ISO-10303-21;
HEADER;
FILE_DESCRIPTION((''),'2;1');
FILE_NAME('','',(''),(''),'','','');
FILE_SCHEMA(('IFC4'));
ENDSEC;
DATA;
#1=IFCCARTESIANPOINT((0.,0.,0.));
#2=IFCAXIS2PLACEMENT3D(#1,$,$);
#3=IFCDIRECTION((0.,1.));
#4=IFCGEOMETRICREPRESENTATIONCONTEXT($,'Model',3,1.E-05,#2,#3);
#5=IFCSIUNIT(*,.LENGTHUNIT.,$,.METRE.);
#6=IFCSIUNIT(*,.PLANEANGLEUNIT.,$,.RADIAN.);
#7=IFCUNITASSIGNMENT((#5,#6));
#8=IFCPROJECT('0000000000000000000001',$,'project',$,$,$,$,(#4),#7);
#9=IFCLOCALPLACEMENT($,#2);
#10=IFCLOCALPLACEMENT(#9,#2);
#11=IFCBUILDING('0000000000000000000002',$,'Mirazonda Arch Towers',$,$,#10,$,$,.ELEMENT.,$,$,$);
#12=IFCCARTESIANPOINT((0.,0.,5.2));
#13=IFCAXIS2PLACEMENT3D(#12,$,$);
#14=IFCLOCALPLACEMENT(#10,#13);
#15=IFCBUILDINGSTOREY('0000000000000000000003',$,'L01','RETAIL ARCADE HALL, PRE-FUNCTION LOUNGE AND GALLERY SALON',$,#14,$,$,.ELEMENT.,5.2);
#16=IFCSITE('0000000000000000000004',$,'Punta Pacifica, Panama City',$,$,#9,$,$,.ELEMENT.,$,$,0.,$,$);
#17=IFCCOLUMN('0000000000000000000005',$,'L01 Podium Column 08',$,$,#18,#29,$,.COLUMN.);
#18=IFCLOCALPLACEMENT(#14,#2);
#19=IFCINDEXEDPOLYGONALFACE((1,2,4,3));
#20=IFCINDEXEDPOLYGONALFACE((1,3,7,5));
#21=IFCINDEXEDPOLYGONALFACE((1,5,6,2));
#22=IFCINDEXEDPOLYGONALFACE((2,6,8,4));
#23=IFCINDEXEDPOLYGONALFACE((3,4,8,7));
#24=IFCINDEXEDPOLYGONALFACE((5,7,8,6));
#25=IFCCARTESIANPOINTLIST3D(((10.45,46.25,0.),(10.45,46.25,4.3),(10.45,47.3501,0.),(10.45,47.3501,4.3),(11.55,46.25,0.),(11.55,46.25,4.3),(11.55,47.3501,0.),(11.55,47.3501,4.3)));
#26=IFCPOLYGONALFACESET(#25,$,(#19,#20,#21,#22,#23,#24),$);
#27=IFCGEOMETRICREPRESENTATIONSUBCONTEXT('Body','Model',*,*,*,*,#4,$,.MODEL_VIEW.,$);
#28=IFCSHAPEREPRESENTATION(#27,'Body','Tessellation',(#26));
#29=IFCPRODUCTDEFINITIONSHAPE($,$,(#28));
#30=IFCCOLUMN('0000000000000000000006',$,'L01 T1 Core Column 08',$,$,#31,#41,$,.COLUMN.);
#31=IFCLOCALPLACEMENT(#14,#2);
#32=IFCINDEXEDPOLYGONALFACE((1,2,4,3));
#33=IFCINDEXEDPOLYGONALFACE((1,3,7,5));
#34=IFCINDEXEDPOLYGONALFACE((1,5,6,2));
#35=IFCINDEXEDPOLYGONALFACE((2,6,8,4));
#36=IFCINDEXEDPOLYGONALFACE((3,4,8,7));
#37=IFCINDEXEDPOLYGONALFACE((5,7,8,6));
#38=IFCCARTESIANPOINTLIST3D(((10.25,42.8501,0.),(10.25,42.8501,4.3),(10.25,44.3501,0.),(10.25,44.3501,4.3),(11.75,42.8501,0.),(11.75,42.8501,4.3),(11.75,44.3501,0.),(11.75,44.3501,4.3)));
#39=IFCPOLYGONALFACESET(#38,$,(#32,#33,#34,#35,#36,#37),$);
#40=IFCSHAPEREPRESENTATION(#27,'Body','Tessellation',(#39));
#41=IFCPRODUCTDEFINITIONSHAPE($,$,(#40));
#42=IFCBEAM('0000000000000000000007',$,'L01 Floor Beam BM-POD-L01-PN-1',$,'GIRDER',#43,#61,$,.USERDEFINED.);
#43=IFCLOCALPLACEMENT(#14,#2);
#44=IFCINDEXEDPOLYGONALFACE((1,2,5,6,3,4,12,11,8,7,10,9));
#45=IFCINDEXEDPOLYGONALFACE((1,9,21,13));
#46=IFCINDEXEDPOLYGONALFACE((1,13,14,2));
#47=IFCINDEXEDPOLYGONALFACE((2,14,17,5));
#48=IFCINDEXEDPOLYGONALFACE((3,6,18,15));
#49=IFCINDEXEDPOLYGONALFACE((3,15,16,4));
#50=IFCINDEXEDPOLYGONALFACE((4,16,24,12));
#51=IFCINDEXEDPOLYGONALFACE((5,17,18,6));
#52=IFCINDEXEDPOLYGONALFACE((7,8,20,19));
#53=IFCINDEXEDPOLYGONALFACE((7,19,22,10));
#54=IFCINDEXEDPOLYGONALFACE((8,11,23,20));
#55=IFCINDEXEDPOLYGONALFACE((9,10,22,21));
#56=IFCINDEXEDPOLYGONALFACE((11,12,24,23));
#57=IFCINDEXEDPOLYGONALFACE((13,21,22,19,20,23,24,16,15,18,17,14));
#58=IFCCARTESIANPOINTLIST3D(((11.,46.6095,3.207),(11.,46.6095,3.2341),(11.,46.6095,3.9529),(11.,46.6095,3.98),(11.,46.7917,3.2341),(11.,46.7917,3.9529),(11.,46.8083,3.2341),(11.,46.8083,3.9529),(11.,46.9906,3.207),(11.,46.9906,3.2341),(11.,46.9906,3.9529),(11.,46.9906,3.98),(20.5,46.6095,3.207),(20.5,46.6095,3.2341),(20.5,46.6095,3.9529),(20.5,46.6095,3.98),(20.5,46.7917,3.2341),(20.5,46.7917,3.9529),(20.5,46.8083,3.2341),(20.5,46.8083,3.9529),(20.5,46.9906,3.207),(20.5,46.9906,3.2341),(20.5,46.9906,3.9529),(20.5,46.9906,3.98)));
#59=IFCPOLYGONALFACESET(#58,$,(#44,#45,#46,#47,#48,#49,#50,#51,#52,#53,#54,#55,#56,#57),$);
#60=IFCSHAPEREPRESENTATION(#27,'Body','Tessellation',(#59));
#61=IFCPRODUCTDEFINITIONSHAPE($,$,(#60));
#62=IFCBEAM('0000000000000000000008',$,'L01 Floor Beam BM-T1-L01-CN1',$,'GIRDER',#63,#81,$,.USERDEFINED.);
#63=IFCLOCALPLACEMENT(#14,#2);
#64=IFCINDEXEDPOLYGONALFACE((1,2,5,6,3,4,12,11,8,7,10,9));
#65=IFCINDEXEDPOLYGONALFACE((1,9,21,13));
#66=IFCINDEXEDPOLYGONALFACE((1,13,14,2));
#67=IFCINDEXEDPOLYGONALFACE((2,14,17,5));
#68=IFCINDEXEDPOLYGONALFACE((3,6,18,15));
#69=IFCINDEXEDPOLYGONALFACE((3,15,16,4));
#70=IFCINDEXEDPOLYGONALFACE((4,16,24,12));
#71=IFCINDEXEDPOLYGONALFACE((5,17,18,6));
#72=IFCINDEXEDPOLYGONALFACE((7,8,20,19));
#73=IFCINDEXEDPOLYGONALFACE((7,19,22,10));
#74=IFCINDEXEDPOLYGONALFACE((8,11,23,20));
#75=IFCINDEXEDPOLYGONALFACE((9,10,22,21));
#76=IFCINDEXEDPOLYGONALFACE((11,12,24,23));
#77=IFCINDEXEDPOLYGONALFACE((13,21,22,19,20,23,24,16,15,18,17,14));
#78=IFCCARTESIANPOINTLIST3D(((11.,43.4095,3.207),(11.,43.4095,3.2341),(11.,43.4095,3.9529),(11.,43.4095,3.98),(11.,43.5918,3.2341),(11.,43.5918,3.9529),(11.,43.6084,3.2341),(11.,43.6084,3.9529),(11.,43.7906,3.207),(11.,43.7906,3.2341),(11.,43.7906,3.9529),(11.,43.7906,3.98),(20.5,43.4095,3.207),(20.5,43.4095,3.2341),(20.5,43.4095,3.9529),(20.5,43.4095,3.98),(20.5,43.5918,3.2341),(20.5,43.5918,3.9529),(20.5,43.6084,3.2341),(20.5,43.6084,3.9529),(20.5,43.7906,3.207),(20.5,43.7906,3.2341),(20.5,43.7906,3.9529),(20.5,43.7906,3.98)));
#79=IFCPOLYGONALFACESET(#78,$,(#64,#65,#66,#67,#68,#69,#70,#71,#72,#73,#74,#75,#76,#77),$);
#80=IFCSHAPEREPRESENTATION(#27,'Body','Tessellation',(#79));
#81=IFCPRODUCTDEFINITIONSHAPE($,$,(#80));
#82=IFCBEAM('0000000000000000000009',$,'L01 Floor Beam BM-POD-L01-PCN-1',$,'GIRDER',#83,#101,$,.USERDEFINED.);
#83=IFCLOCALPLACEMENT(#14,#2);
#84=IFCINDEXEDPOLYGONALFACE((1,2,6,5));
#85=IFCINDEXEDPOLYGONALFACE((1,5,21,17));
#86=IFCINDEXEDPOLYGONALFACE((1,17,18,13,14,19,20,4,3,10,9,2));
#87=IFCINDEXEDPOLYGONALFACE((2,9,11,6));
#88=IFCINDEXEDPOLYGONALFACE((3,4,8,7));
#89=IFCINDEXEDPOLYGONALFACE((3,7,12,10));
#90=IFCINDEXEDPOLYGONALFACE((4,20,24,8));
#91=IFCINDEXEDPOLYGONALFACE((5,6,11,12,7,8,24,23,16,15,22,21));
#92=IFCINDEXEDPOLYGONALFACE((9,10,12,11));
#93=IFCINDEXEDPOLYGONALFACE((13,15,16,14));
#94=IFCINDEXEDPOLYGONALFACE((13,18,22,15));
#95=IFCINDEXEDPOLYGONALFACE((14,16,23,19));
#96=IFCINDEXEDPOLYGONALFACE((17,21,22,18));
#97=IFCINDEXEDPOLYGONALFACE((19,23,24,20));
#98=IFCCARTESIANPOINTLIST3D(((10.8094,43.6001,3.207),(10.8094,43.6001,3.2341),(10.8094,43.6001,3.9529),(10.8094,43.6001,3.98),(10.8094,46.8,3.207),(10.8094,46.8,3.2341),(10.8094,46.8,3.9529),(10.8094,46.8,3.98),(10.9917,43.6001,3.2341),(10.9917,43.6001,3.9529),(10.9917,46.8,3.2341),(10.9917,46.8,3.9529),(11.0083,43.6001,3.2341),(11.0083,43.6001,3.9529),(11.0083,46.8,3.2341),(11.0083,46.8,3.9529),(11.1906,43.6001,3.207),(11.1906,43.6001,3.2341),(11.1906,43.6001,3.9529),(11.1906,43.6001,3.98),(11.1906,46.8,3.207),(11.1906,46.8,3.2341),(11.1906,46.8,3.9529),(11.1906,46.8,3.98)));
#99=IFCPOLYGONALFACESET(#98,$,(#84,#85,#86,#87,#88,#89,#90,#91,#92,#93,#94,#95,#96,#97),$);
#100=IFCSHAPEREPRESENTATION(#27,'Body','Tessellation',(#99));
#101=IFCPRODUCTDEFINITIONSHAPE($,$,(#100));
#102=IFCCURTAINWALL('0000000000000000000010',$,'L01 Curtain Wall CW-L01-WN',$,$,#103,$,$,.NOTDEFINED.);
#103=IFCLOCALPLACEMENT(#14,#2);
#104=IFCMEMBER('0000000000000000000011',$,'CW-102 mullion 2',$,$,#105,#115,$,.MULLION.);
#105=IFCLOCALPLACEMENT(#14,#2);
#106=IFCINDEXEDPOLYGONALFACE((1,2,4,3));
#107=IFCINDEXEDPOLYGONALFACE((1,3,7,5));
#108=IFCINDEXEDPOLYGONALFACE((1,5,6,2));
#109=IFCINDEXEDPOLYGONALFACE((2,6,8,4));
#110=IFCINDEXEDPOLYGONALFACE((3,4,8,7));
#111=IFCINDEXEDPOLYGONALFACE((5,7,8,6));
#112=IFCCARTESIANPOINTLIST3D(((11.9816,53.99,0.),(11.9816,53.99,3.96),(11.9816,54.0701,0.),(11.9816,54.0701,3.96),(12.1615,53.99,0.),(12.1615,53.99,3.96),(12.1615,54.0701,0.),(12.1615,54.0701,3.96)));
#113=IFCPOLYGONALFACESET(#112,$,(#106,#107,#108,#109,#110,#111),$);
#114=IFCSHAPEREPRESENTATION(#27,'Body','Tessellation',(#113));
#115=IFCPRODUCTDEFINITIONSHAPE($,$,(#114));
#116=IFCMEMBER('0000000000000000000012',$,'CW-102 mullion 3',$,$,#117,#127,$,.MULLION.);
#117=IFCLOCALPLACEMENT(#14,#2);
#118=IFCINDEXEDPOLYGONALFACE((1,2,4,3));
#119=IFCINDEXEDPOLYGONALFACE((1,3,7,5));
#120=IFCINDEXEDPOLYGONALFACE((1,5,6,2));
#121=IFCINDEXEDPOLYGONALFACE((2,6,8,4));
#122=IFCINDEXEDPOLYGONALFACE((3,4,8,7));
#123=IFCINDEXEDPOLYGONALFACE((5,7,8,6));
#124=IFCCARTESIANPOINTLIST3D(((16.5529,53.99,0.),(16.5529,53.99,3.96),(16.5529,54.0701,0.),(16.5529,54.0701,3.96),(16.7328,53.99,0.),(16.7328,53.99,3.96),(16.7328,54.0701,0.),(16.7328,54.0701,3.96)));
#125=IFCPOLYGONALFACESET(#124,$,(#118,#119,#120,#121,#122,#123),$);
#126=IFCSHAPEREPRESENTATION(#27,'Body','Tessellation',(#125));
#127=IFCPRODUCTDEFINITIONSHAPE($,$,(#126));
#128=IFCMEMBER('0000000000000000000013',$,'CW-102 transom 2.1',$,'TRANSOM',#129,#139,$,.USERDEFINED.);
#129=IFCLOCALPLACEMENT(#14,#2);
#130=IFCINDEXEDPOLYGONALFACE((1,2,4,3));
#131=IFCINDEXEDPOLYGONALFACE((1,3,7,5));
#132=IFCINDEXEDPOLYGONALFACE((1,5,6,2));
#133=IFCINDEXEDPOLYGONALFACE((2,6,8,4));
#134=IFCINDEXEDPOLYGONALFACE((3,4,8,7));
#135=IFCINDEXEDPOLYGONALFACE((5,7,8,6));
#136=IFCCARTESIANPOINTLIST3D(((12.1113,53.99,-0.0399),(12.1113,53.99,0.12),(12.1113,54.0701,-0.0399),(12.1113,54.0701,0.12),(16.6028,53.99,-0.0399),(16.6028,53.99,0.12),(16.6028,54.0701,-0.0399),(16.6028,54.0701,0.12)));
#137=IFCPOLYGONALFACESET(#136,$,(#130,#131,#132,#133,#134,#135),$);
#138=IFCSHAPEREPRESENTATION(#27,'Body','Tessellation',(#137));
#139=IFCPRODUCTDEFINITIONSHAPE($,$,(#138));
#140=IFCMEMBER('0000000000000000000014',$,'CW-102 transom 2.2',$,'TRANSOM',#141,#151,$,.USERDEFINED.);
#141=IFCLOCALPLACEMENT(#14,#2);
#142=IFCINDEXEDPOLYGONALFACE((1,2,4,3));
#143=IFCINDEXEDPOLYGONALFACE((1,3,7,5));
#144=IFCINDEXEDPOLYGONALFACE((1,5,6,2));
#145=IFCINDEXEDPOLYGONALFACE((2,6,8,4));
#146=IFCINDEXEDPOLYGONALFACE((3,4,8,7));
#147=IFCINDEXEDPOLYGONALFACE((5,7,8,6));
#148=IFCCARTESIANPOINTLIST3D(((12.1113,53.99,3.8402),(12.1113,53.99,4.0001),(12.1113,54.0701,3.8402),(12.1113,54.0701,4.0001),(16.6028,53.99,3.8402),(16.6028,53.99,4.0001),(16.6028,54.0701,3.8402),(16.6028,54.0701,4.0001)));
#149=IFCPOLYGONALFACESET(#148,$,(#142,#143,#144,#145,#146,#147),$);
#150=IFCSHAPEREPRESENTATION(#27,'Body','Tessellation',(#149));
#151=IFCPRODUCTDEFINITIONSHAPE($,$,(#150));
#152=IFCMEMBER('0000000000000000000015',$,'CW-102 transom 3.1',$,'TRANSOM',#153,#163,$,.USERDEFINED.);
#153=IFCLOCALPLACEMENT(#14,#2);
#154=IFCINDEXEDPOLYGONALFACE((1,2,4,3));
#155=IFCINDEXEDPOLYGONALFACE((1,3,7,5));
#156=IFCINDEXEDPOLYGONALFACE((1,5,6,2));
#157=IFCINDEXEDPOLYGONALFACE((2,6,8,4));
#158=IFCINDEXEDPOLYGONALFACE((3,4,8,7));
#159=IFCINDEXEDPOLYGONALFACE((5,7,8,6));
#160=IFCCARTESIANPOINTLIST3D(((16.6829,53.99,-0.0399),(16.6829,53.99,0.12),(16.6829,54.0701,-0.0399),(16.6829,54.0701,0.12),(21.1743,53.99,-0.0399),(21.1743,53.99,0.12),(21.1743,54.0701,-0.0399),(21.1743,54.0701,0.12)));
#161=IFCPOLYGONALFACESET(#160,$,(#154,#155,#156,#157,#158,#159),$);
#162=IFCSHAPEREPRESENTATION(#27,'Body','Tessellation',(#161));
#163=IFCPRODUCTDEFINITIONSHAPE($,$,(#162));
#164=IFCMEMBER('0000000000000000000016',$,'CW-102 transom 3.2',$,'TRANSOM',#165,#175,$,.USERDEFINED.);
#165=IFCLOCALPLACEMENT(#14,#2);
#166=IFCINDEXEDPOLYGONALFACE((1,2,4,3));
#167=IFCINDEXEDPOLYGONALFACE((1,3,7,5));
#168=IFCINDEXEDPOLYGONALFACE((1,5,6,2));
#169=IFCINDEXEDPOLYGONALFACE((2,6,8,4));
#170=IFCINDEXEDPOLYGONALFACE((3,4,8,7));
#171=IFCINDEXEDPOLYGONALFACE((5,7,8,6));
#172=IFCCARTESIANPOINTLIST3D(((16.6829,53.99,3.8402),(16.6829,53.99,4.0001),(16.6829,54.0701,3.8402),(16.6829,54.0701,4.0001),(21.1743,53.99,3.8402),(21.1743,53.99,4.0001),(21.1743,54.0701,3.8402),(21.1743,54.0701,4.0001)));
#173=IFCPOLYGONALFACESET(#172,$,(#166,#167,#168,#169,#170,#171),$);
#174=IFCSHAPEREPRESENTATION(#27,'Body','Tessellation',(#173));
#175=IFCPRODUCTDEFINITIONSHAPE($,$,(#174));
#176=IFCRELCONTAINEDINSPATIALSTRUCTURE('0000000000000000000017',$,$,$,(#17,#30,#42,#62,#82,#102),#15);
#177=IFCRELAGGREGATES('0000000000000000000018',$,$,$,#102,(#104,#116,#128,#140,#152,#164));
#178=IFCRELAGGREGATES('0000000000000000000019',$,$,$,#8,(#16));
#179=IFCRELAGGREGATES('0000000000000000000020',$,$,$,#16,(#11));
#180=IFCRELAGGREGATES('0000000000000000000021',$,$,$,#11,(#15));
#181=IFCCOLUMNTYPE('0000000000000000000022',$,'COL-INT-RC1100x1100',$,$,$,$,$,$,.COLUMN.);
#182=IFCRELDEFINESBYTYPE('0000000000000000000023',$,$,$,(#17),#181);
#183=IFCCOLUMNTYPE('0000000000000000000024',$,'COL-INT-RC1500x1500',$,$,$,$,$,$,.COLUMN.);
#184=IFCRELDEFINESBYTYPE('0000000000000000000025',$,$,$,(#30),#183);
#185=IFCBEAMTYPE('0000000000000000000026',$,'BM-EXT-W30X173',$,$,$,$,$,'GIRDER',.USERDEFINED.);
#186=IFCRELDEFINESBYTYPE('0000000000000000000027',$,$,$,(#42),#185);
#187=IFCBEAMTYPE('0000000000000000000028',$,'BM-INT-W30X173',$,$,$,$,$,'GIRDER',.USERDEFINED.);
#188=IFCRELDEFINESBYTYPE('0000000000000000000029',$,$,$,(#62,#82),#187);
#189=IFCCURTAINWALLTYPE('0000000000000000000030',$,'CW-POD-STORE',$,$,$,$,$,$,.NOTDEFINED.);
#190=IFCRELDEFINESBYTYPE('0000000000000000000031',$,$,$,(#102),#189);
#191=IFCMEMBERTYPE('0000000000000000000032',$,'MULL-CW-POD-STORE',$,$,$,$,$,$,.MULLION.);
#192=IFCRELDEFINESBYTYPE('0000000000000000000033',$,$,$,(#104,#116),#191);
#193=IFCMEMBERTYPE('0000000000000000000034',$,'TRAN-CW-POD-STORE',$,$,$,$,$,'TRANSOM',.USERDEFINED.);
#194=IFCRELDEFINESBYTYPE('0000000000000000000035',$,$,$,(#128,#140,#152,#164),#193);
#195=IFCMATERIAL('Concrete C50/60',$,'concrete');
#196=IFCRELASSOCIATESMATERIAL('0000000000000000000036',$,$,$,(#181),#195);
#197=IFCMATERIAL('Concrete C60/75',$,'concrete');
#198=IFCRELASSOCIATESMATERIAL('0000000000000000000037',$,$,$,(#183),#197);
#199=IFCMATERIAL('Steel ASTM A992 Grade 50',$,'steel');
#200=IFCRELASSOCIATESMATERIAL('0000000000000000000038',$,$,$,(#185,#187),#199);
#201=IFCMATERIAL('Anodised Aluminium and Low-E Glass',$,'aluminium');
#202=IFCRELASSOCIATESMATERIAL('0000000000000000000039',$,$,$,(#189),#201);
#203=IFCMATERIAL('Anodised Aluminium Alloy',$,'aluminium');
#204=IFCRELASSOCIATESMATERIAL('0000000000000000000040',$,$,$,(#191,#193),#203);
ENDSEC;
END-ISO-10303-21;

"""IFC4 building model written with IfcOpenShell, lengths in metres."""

from ifc_helpers import new_model, si_unit, direction, frame, origin, origin_2d, place, context, subcontext, project, spatial, rectangle, i_section, extrude, material, material_profile, profile_set, type_object, element, aggregate, save


model = new_model("IFC4")

# Units and contexts
model_context = context("Model", 3, precision=1e-05, world=origin(), true_north=direction((0.0, 1.0)))
body_context = subcontext(model_context, "Body", "Model", "MODEL_VIEW")
ifc_project = project(units=[si_unit("LENGTHUNIT", "METRE"), si_unit("PLANEANGLEUNIT", "RADIAN")], contexts=[model_context])

# Site, building, storey
site_placement = place(None, origin())
site = spatial("IfcSite", under=ifc_project, at=site_placement, Name="Punta Pacifica, Panama City", CompositionType="ELEMENT", RefElevation=0.0)
building_placement = place(site_placement, origin())
building = spatial("IfcBuilding", under=site, at=building_placement, Name="Mirazonda Arch Towers", CompositionType="ELEMENT")
storey_placement = place(building_placement, frame((0.0, 0.0, 5.2)))
storey = spatial("IfcBuildingStorey", under=building, at=storey_placement, Name="L01", Description="RETAIL ARCADE HALL, PRE-FUNCTION LOUNGE AND GALLERY SALON", CompositionType="ELEMENT", Elevation=5.2)

# Columns
ifc_material_1 = material(Name="Concrete C50/60", Category="concrete")
ifc_material_profile_1 = material_profile(ifc_material_1, rectangle(XDim=1.1001, YDim=1.1001, at=origin_2d()), Name="RC1100x1100")
ifc_profile_set_1 = profile_set([ifc_material_profile_1], Name="Concrete C50/60")
column_type_1 = type_object("IfcColumnType", Name="COL-INT-RC1100x1100", PredefinedType="COLUMN", material=ifc_profile_set_1)
column_1_placement = place(storey_placement, frame((11.0, 46.8, 0.0), z_axis=(0.0, 0.0, 1.0), x_axis=(1.0, 0.0, 0.0)))
element("IfcColumn", 1, at=column_1_placement, inside=storey, type_object=column_type_1, Name="L01 Podium Column 08", PredefinedType="COLUMN", context=body_context, shape_type="SweptSolid", body=[
    extrude(rectangle(XDim=1.1001, YDim=1.1001, at=origin_2d()), origin(), (0.0, 0.0, 1.0), 4.3),
])
ifc_material_2 = material(Name="Concrete C60/75", Category="concrete")
ifc_material_profile_2 = material_profile(ifc_material_2, rectangle(XDim=1.5, YDim=1.5, at=origin_2d()), Name="RC1500x1500")
ifc_profile_set_2 = profile_set([ifc_material_profile_2], Name="Concrete C60/75")
column_type_2 = type_object("IfcColumnType", Name="COL-INT-RC1500x1500", PredefinedType="COLUMN", material=ifc_profile_set_2)
column_2_placement = place(storey_placement, frame((11.0, 43.6001, 0.0), z_axis=(0.0, 0.0, 1.0), x_axis=(1.0, 0.0, 0.0)))
element("IfcColumn", 2, at=column_2_placement, inside=storey, type_object=column_type_2, Name="L01 T1 Core Column 08", PredefinedType="COLUMN", context=body_context, shape_type="SweptSolid", body=[
    extrude(rectangle(XDim=1.5, YDim=1.5, at=origin_2d()), origin(), (0.0, 0.0, 1.0), 4.3),
])

# Beams
ifc_material_3 = material(Name="Steel ASTM A992 Grade 50", Category="steel")
ifc_material_profile_3 = material_profile(ifc_material_3, i_section(OverallWidth=0.3811, OverallDepth=0.7729, WebThickness=0.0166, FlangeThickness=0.0271, at=origin_2d()), Name="W30X173")
ifc_profile_set_3 = profile_set([ifc_material_profile_3], Name="Steel ASTM A992 Grade 50")
beam_type_1 = type_object("IfcBeamType", Name="BM-EXT-W30X173", ElementType="GIRDER", PredefinedType="USERDEFINED", material=ifc_profile_set_3)
beam_1_placement = place(storey_placement, frame((11.0, 46.8, 3.5935), z_axis=(1.0, 0.0, 0.0), x_axis=(0.0, 1.0, 0.0)))
element("IfcBeam", 3, at=beam_1_placement, inside=storey, type_object=beam_type_1, Name="L01 Floor Beam BM-POD-L01-PN-1", ObjectType="GIRDER", PredefinedType="USERDEFINED", context=body_context, shape_type="SweptSolid", body=[
    extrude(i_section(OverallWidth=0.3811, OverallDepth=0.7729, WebThickness=0.0166, FlangeThickness=0.0271, at=origin_2d()), origin(), (0.0, 0.0, 1.0), 9.5),
])
ifc_material_profile_4 = material_profile(ifc_material_3, i_section(OverallWidth=0.3811, OverallDepth=0.7729, WebThickness=0.0166, FlangeThickness=0.0271, at=origin_2d()), Name="W30X173")
ifc_profile_set_4 = profile_set([ifc_material_profile_4], Name="Steel ASTM A992 Grade 50")
beam_type_2 = type_object("IfcBeamType", Name="BM-INT-W30X173", ElementType="GIRDER", PredefinedType="USERDEFINED", material=ifc_profile_set_4)
beam_2_placement = place(storey_placement, frame((11.0, 43.6001, 3.5935), z_axis=(1.0, 0.0, 0.0), x_axis=(0.0, 1.0, 0.0)))
element("IfcBeam", 4, at=beam_2_placement, inside=storey, type_object=beam_type_2, Name="L01 Floor Beam BM-T1-L01-CN1", ObjectType="GIRDER", PredefinedType="USERDEFINED", context=body_context, shape_type="SweptSolid", body=[
    extrude(i_section(OverallWidth=0.3811, OverallDepth=0.7729, WebThickness=0.0166, FlangeThickness=0.0271, at=origin_2d()), origin(), (0.0, 0.0, 1.0), 9.5),
])
beam_3_placement = place(storey_placement, frame((11.0, 43.6001, 3.5935), z_axis=(0.0, 1.0, 0.0), x_axis=(-1.0, 0.0, 0.0)))
element("IfcBeam", 5, at=beam_3_placement, inside=storey, type_object=beam_type_2, Name="L01 Floor Beam BM-POD-L01-PCN-1", ObjectType="GIRDER", PredefinedType="USERDEFINED", context=body_context, shape_type="SweptSolid", body=[
    extrude(i_section(OverallWidth=0.3811, OverallDepth=0.7729, WebThickness=0.0166, FlangeThickness=0.0271, at=origin_2d()), origin(), (0.0, 0.0, 1.0), 3.2),
])

# Curtain wall, members
ifc_material_4 = material(Name="Anodised Aluminium and Low-E Glass", Category="aluminium")
curtain_wall_type = type_object("IfcCurtainWallType", Name="CW-POD-STORE", PredefinedType="NOTDEFINED", material=ifc_material_4)
curtain_wall_placement = place(storey_placement, origin())
curtain_wall = element("IfcCurtainWall", 6, at=curtain_wall_placement, inside=storey, type_object=curtain_wall_type, Name="L01 Curtain Wall CW-L01-WN", PredefinedType="NOTDEFINED")
ifc_material_5 = material(Name="Anodised Aluminium Alloy", Category="aluminium")
ifc_material_profile_5 = material_profile(ifc_material_5, rectangle(XDim=0.0801, YDim=0.1799, at=origin_2d()), Name="ALU-MULL-80x180")
ifc_profile_set_5 = profile_set([ifc_material_profile_5], Name="Anodised Aluminium Alloy")
member_type_1 = type_object("IfcMemberType", Name="MULL-CW-POD-STORE", PredefinedType="MULLION", material=ifc_profile_set_5)
member_1_placement = place(storey_placement, frame((12.0715, 54.03, 0.0), z_axis=(0.0, 0.0, 1.0), x_axis=(0.0, 1.0, 0.0)))
member_1 = element("IfcMember", 7, at=member_1_placement, type_object=member_type_1, Name="CW-102 mullion 2", PredefinedType="MULLION", context=body_context, shape_type="SweptSolid", body=[
    extrude(rectangle(XDim=0.0801, YDim=0.1799, at=origin_2d()), origin(), (0.0, 0.0, 1.0), 3.96),
])
member_2_placement = place(storey_placement, frame((16.6428, 54.03, 0.0), z_axis=(0.0, 0.0, 1.0), x_axis=(0.0, 1.0, 0.0)))
member_2 = element("IfcMember", 8, at=member_2_placement, type_object=member_type_1, Name="CW-102 mullion 3", PredefinedType="MULLION", context=body_context, shape_type="SweptSolid", body=[
    extrude(rectangle(XDim=0.0801, YDim=0.1799, at=origin_2d()), origin(), (0.0, 0.0, 1.0), 3.96),
])
ifc_material_profile_6 = material_profile(ifc_material_5, rectangle(XDim=0.0801, YDim=0.1599, at=origin_2d()), Name="ALU-TRAN-80x160")
ifc_profile_set_6 = profile_set([ifc_material_profile_6], Name="Anodised Aluminium Alloy")
member_type_2 = type_object("IfcMemberType", Name="TRAN-CW-POD-STORE", ElementType="TRANSOM", PredefinedType="USERDEFINED", material=ifc_profile_set_6)
member_3_placement = place(storey_placement, frame((12.1113, 54.03, 0.04), z_axis=(1.0, 0.0, 0.0), x_axis=(0.0, 1.0, 0.0)))
member_3 = element("IfcMember", 9, at=member_3_placement, type_object=member_type_2, Name="CW-102 transom 2.1", ObjectType="TRANSOM", PredefinedType="USERDEFINED", context=body_context, shape_type="SweptSolid", body=[
    extrude(rectangle(XDim=0.0801, YDim=0.1599, at=origin_2d()), origin(), (0.0, 0.0, 1.0), 4.4915),
])
member_4_placement = place(storey_placement, frame((12.1113, 54.03, 3.9202), z_axis=(1.0, 0.0, 0.0), x_axis=(0.0, 1.0, 0.0)))
member_4 = element("IfcMember", 10, at=member_4_placement, type_object=member_type_2, Name="CW-102 transom 2.2", ObjectType="TRANSOM", PredefinedType="USERDEFINED", context=body_context, shape_type="SweptSolid", body=[
    extrude(rectangle(XDim=0.0801, YDim=0.1599, at=origin_2d()), origin(), (0.0, 0.0, 1.0), 4.4915),
])
member_5_placement = place(storey_placement, frame((16.6829, 54.03, 0.04), z_axis=(1.0, 0.0, 0.0), x_axis=(0.0, 1.0, 0.0)))
member_5 = element("IfcMember", 11, at=member_5_placement, type_object=member_type_2, Name="CW-102 transom 3.1", ObjectType="TRANSOM", PredefinedType="USERDEFINED", context=body_context, shape_type="SweptSolid", body=[
    extrude(rectangle(XDim=0.0801, YDim=0.1599, at=origin_2d()), origin(), (0.0, 0.0, 1.0), 4.4915),
])
member_6_placement = place(storey_placement, frame((16.6829, 54.03, 3.9202), z_axis=(1.0, 0.0, 0.0), x_axis=(0.0, 1.0, 0.0)))
member_6 = element("IfcMember", 12, at=member_6_placement, type_object=member_type_2, Name="CW-102 transom 3.2", ObjectType="TRANSOM", PredefinedType="USERDEFINED", context=body_context, shape_type="SweptSolid", body=[
    extrude(rectangle(XDim=0.0801, YDim=0.1599, at=origin_2d()), origin(), (0.0, 0.0, 1.0), 4.4915),
])
aggregate(curtain_wall, [member_1, member_2, member_3, member_4, member_5, member_6])

save(model, "model.ifc")
